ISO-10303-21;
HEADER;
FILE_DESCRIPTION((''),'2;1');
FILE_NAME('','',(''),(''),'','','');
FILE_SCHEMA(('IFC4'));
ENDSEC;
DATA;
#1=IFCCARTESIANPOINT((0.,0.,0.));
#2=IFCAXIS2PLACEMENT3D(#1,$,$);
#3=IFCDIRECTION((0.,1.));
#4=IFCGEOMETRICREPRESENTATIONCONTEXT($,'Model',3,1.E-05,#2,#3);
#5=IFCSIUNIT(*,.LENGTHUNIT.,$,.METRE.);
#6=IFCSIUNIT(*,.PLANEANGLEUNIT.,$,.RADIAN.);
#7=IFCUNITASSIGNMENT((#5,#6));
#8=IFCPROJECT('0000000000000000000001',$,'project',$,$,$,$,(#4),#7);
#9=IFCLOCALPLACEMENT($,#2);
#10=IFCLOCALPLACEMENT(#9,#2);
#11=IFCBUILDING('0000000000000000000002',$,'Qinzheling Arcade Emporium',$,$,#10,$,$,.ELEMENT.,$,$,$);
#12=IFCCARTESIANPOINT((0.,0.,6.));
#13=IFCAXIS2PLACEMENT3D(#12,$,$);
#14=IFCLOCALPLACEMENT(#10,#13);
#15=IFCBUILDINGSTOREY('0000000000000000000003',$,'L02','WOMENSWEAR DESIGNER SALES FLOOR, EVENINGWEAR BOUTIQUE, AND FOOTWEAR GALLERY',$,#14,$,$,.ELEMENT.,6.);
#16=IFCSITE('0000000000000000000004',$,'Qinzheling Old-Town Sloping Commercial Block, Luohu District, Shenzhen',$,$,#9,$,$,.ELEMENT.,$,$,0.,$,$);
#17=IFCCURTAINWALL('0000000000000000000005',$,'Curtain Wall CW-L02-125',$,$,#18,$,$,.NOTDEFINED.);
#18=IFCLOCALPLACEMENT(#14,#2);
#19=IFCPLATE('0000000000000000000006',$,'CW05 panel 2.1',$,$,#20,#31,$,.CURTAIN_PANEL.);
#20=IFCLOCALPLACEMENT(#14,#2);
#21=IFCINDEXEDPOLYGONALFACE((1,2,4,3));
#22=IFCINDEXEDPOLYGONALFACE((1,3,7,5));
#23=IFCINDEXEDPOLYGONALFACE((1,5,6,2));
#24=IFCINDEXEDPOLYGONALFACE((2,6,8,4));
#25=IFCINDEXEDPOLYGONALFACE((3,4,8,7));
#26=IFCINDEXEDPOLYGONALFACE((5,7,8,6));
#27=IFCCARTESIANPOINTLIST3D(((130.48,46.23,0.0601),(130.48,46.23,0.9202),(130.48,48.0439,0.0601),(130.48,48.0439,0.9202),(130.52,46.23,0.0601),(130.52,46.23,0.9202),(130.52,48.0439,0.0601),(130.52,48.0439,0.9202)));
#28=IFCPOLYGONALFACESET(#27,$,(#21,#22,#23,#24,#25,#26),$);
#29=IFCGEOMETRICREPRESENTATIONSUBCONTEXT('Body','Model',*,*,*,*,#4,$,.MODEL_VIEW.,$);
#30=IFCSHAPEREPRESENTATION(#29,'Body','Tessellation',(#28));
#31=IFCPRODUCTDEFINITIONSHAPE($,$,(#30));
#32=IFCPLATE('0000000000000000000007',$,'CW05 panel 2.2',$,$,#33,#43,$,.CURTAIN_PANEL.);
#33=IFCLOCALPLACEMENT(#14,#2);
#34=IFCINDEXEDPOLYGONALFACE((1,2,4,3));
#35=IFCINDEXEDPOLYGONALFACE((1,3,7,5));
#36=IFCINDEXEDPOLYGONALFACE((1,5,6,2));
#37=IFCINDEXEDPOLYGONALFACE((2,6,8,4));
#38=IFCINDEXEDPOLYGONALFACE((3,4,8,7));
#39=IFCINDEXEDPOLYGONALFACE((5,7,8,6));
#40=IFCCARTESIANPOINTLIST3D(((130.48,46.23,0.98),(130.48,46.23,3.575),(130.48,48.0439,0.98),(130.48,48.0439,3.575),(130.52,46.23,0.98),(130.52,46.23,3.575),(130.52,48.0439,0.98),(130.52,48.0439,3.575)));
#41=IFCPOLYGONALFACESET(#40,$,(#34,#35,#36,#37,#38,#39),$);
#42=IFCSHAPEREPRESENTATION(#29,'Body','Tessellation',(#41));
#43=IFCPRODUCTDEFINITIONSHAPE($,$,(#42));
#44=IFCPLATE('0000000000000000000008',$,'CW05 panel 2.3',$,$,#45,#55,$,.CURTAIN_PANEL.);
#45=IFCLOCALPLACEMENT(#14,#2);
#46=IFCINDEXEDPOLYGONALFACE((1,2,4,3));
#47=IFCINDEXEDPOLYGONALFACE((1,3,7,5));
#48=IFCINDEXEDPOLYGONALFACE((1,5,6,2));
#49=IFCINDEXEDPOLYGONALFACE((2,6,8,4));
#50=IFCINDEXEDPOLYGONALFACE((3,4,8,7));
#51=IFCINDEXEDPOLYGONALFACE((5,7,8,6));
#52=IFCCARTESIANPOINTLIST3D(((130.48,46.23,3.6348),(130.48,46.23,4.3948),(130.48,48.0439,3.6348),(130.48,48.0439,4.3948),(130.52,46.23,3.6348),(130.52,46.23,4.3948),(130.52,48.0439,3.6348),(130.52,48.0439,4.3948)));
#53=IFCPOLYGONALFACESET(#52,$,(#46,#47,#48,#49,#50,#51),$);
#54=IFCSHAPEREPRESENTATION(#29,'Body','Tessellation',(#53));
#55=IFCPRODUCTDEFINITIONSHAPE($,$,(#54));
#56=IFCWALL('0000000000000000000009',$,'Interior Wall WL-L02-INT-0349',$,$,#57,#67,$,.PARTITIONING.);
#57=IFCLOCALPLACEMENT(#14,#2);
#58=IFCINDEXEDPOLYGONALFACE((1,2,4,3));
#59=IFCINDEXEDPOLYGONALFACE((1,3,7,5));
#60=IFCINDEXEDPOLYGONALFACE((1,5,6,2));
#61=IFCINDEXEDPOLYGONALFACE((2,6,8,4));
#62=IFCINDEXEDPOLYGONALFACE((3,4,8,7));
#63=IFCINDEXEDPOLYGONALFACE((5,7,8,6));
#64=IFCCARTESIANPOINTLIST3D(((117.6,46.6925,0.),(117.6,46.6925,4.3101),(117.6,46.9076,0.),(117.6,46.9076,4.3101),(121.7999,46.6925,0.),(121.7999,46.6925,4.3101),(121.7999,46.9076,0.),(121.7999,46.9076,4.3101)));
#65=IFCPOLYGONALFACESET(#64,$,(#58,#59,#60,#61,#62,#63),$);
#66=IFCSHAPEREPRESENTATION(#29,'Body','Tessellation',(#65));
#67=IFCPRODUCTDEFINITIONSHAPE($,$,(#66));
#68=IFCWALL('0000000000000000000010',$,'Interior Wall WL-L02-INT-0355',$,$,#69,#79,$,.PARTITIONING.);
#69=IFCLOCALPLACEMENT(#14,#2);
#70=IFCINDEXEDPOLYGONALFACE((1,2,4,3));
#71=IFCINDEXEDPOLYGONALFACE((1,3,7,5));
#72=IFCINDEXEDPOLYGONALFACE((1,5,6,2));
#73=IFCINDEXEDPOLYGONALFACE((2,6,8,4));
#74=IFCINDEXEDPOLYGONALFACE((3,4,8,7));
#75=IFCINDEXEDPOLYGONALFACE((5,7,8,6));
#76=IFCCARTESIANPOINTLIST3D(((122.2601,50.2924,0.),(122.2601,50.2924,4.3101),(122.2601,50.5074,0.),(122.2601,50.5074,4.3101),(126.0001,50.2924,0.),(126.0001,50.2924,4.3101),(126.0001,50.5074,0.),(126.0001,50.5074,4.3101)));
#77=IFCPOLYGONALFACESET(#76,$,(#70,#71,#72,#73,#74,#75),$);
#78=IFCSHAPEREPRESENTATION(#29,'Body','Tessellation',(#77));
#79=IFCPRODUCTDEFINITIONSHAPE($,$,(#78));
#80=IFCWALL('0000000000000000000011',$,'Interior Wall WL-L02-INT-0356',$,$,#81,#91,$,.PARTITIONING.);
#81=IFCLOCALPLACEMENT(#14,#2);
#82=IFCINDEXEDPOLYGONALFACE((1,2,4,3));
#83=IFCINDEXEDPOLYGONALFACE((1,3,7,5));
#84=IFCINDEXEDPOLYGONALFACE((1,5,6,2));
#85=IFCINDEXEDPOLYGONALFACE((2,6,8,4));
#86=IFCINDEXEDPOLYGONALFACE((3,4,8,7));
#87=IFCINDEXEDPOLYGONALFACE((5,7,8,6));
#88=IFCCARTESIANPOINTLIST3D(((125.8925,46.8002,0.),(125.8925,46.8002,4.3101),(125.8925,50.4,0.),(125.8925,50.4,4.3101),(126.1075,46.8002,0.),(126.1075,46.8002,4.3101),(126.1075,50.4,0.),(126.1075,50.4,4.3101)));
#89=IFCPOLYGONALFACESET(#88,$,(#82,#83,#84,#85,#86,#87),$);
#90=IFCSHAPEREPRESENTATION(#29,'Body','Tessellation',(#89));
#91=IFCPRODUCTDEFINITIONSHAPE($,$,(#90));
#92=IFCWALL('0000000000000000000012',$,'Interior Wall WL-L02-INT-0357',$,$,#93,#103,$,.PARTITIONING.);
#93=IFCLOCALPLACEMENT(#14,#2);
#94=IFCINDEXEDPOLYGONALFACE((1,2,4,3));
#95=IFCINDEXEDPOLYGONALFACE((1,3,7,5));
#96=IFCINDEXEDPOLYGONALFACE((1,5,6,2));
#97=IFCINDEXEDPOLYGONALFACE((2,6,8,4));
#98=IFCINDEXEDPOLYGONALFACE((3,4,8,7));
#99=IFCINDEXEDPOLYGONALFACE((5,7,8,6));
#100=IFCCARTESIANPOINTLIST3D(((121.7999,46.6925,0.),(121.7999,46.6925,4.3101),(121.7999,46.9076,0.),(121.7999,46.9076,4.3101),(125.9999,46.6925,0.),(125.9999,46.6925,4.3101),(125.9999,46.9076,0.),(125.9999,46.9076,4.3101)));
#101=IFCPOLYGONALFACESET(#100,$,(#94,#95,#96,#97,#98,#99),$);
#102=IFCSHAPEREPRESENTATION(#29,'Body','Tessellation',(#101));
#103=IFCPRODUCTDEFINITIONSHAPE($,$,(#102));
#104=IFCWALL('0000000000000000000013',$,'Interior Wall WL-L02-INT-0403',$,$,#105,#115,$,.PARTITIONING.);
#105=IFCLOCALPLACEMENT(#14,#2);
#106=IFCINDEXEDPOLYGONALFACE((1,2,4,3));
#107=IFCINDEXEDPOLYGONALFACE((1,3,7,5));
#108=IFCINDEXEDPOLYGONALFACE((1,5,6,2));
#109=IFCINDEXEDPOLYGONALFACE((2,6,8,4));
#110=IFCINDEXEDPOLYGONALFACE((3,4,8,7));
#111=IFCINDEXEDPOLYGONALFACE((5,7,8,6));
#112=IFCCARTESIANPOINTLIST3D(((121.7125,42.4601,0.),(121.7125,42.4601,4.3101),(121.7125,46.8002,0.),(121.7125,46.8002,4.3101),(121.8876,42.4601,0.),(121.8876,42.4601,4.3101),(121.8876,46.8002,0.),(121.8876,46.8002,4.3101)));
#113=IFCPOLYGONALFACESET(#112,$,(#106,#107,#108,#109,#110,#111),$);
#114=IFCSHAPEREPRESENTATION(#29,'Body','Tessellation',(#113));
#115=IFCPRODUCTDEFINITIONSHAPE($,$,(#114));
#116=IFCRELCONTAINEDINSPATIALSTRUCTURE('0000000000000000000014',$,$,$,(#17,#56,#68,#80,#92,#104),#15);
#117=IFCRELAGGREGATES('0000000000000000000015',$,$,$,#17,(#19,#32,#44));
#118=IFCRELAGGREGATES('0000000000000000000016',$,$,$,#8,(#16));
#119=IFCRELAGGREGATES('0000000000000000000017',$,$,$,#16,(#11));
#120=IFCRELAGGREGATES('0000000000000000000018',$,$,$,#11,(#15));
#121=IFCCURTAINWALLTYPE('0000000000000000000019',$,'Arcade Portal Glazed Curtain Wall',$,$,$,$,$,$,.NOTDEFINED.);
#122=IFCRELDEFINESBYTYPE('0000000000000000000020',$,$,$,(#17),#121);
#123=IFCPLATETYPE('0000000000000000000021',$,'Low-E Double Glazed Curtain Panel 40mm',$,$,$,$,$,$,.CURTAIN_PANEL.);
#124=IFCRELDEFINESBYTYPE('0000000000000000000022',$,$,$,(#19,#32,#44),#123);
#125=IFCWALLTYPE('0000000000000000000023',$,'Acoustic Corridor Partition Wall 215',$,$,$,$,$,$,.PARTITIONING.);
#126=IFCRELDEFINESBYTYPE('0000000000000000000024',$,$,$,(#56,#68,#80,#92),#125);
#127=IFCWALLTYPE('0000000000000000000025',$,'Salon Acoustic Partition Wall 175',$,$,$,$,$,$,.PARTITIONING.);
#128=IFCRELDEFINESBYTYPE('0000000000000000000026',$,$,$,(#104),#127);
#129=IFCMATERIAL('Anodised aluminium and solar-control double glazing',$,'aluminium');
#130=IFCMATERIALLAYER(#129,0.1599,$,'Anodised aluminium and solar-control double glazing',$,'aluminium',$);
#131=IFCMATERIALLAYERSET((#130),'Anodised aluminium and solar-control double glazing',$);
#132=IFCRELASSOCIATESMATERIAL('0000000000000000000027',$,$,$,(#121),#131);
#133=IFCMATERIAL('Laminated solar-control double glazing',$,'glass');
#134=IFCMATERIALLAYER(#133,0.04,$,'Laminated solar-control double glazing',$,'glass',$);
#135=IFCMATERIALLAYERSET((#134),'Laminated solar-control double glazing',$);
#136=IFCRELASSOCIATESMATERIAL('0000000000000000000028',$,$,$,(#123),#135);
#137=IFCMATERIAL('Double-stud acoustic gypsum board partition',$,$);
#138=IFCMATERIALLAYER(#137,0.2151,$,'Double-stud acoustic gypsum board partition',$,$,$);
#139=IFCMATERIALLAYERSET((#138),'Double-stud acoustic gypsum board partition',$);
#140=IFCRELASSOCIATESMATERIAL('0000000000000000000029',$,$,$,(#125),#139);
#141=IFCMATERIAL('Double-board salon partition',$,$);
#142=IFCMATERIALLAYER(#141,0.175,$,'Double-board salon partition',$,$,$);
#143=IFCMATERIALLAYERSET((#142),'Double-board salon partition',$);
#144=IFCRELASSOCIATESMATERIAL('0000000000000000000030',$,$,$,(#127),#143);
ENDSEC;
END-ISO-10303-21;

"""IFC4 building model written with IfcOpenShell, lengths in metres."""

from ifc_helpers import new_model, si_unit, direction, frame, frame_2d, origin, origin_2d, place, context, subcontext, project, spatial, rectangle, extrude, material, layer, layer_set, type_object, element, aggregate, save


model = new_model("IFC4")

# Units and contexts
model_context = context("Model", 3, precision=1e-05, world=origin(), true_north=direction((0.0, 1.0)))
body_context = subcontext(model_context, "Body", "Model", "MODEL_VIEW")
ifc_project = project(units=[si_unit("LENGTHUNIT", "METRE"), si_unit("PLANEANGLEUNIT", "RADIAN")], contexts=[model_context])

# Site, building, storey
site_placement = place(None, origin())
site = spatial("IfcSite", under=ifc_project, at=site_placement, Name="Qinzheling Old-Town Sloping Commercial Block, Luohu District, Shenzhen", CompositionType="ELEMENT", RefElevation=0.0)
building_placement = place(site_placement, origin())
building = spatial("IfcBuilding", under=site, at=building_placement, Name="Qinzheling Arcade Emporium", CompositionType="ELEMENT")
storey_placement = place(building_placement, frame((0.0, 0.0, 6.0)))
storey = spatial("IfcBuildingStorey", under=building, at=storey_placement, Name="L02", Description="WOMENSWEAR DESIGNER SALES FLOOR, EVENINGWEAR BOUTIQUE, AND FOOTWEAR GALLERY", CompositionType="ELEMENT", Elevation=6.0)

# Curtain wall
ifc_material_1 = material(Name="Anodised aluminium and solar-control double glazing", Category="aluminium")
ifc_layer_1 = layer(ifc_material_1, 0.1599, Name="Anodised aluminium and solar-control double glazing", Category="aluminium")
ifc_layer_set_1 = layer_set([ifc_layer_1], Name="Anodised aluminium and solar-control double glazing")
curtain_wall_type = type_object("IfcCurtainWallType", Name="Arcade Portal Glazed Curtain Wall", PredefinedType="NOTDEFINED", material=ifc_layer_set_1)
curtain_wall_placement = place(storey_placement, origin())
curtain_wall = element("IfcCurtainWall", 1, at=curtain_wall_placement, inside=storey, type_object=curtain_wall_type, Name="Curtain Wall CW-L02-125", PredefinedType="NOTDEFINED")

# Plates
ifc_material_2 = material(Name="Laminated solar-control double glazing", Category="glass")
ifc_layer_2 = layer(ifc_material_2, 0.04, Name="Laminated solar-control double glazing", Category="glass")
ifc_layer_set_2 = layer_set([ifc_layer_2], Name="Laminated solar-control double glazing")
plate_type = type_object("IfcPlateType", Name="Low-E Double Glazed Curtain Panel 40mm", PredefinedType="CURTAIN_PANEL", material=ifc_layer_set_2)
plate_1_placement = place(storey_placement, frame((130.5, 47.137, 0.0601), z_axis=(0.0, 0.0, 1.0), x_axis=(0.0, -1.0, 0.0)))
plate_1 = element("IfcPlate", 2, at=plate_1_placement, type_object=plate_type, Name="CW05 panel 2.1", PredefinedType="CURTAIN_PANEL", context=body_context, shape_type="SweptSolid", body=[
    extrude(rectangle(XDim=1.814, YDim=0.04, at=origin_2d()), origin(), (0.0, 0.0, 1.0), 0.8601),
])
plate_2_placement = place(storey_placement, frame((130.5, 47.137, 0.98), z_axis=(0.0, 0.0, 1.0), x_axis=(0.0, -1.0, 0.0)))
plate_2 = element("IfcPlate", 3, at=plate_2_placement, type_object=plate_type, Name="CW05 panel 2.2", PredefinedType="CURTAIN_PANEL", context=body_context, shape_type="SweptSolid", body=[
    extrude(rectangle(XDim=1.814, YDim=0.04, at=origin_2d()), origin(), (0.0, 0.0, 1.0), 2.595),
])
plate_3_placement = place(storey_placement, frame((130.5, 47.137, 3.6348), z_axis=(0.0, 0.0, 1.0), x_axis=(0.0, -1.0, 0.0)))
plate_3 = element("IfcPlate", 4, at=plate_3_placement, type_object=plate_type, Name="CW05 panel 2.3", PredefinedType="CURTAIN_PANEL", context=body_context, shape_type="SweptSolid", body=[
    extrude(rectangle(XDim=1.814, YDim=0.04, at=origin_2d()), origin(), (0.0, 0.0, 1.0), 0.76),
])
aggregate(curtain_wall, [plate_1, plate_2, plate_3])

# Walls
ifc_material_3 = material(Name="Double-stud acoustic gypsum board partition")
ifc_layer_3 = layer(ifc_material_3, 0.2151, Name="Double-stud acoustic gypsum board partition")
ifc_layer_set_3 = layer_set([ifc_layer_3], Name="Double-stud acoustic gypsum board partition")
wall_type_1 = type_object("IfcWallType", Name="Acoustic Corridor Partition Wall 215", PredefinedType="PARTITIONING", material=ifc_layer_set_3)
wall_1_placement = place(storey_placement, frame((121.8, 46.8, 0.0), z_axis=(0.0, 0.0, 1.0), x_axis=(-1.0, 0.0, 0.0)))
element("IfcWall", 5, at=wall_1_placement, inside=storey, type_object=wall_type_1, Name="Interior Wall WL-L02-INT-0349", PredefinedType="PARTITIONING", context=body_context, shape_type="SweptSolid", body=[
    extrude(rectangle(XDim=4.2, YDim=0.2151, at=frame_2d((2.1001, 0.0))), origin(), (0.0, 0.0, 1.0), 4.3101),
])
wall_2_placement = place(storey_placement, frame((122.26, 50.3999, 0.0), z_axis=(0.0, 0.0, 1.0), x_axis=(1.0, 0.0, 0.0)))
element("IfcWall", 6, at=wall_2_placement, inside=storey, type_object=wall_type_1, Name="Interior Wall WL-L02-INT-0355", PredefinedType="PARTITIONING", context=body_context, shape_type="SweptSolid", body=[
    extrude(rectangle(XDim=3.74, YDim=0.2151, at=frame_2d((1.8701, 0.0))), origin(), (0.0, 0.0, 1.0), 4.3101),
])
wall_3_placement = place(storey_placement, frame((126.0, 50.3999, 0.0), z_axis=(0.0, 0.0, 1.0), x_axis=(0.0, -1.0, 0.0)))
element("IfcWall", 7, at=wall_3_placement, inside=storey, type_object=wall_type_1, Name="Interior Wall WL-L02-INT-0356", PredefinedType="PARTITIONING", context=body_context, shape_type="SweptSolid", body=[
    extrude(rectangle(XDim=3.5999, YDim=0.2151, at=frame_2d((1.7998, 0.0))), origin(), (0.0, 0.0, 1.0), 4.3101),
])
wall_4_placement = place(storey_placement, frame((126.0, 46.8, 0.0), z_axis=(0.0, 0.0, 1.0), x_axis=(-1.0, 0.0, 0.0)))
element("IfcWall", 8, at=wall_4_placement, inside=storey, type_object=wall_type_1, Name="Interior Wall WL-L02-INT-0357", PredefinedType="PARTITIONING", context=body_context, shape_type="SweptSolid", body=[
    extrude(rectangle(XDim=4.2, YDim=0.2151, at=frame_2d((2.1001, 0.0))), origin(), (0.0, 0.0, 1.0), 4.3101),
])
ifc_material_4 = material(Name="Double-board salon partition")
ifc_layer_4 = layer(ifc_material_4, 0.175, Name="Double-board salon partition")
ifc_layer_set_4 = layer_set([ifc_layer_4], Name="Double-board salon partition")
wall_type_2 = type_object("IfcWallType", Name="Salon Acoustic Partition Wall 175", PredefinedType="PARTITIONING", material=ifc_layer_set_4)
wall_5_placement = place(storey_placement, frame((121.8, 46.8, 0.0), z_axis=(0.0, 0.0, 1.0), x_axis=(0.0, -1.0, 0.0)))
element("IfcWall", 9, at=wall_5_placement, inside=storey, type_object=wall_type_2, Name="Interior Wall WL-L02-INT-0403", PredefinedType="PARTITIONING", context=body_context, shape_type="SweptSolid", body=[
    extrude(rectangle(XDim=4.3401, YDim=0.175, at=frame_2d((2.1699, 0.0))), origin(), (0.0, 0.0, 1.0), 4.3101),
])

save(model, "model.ifc")
